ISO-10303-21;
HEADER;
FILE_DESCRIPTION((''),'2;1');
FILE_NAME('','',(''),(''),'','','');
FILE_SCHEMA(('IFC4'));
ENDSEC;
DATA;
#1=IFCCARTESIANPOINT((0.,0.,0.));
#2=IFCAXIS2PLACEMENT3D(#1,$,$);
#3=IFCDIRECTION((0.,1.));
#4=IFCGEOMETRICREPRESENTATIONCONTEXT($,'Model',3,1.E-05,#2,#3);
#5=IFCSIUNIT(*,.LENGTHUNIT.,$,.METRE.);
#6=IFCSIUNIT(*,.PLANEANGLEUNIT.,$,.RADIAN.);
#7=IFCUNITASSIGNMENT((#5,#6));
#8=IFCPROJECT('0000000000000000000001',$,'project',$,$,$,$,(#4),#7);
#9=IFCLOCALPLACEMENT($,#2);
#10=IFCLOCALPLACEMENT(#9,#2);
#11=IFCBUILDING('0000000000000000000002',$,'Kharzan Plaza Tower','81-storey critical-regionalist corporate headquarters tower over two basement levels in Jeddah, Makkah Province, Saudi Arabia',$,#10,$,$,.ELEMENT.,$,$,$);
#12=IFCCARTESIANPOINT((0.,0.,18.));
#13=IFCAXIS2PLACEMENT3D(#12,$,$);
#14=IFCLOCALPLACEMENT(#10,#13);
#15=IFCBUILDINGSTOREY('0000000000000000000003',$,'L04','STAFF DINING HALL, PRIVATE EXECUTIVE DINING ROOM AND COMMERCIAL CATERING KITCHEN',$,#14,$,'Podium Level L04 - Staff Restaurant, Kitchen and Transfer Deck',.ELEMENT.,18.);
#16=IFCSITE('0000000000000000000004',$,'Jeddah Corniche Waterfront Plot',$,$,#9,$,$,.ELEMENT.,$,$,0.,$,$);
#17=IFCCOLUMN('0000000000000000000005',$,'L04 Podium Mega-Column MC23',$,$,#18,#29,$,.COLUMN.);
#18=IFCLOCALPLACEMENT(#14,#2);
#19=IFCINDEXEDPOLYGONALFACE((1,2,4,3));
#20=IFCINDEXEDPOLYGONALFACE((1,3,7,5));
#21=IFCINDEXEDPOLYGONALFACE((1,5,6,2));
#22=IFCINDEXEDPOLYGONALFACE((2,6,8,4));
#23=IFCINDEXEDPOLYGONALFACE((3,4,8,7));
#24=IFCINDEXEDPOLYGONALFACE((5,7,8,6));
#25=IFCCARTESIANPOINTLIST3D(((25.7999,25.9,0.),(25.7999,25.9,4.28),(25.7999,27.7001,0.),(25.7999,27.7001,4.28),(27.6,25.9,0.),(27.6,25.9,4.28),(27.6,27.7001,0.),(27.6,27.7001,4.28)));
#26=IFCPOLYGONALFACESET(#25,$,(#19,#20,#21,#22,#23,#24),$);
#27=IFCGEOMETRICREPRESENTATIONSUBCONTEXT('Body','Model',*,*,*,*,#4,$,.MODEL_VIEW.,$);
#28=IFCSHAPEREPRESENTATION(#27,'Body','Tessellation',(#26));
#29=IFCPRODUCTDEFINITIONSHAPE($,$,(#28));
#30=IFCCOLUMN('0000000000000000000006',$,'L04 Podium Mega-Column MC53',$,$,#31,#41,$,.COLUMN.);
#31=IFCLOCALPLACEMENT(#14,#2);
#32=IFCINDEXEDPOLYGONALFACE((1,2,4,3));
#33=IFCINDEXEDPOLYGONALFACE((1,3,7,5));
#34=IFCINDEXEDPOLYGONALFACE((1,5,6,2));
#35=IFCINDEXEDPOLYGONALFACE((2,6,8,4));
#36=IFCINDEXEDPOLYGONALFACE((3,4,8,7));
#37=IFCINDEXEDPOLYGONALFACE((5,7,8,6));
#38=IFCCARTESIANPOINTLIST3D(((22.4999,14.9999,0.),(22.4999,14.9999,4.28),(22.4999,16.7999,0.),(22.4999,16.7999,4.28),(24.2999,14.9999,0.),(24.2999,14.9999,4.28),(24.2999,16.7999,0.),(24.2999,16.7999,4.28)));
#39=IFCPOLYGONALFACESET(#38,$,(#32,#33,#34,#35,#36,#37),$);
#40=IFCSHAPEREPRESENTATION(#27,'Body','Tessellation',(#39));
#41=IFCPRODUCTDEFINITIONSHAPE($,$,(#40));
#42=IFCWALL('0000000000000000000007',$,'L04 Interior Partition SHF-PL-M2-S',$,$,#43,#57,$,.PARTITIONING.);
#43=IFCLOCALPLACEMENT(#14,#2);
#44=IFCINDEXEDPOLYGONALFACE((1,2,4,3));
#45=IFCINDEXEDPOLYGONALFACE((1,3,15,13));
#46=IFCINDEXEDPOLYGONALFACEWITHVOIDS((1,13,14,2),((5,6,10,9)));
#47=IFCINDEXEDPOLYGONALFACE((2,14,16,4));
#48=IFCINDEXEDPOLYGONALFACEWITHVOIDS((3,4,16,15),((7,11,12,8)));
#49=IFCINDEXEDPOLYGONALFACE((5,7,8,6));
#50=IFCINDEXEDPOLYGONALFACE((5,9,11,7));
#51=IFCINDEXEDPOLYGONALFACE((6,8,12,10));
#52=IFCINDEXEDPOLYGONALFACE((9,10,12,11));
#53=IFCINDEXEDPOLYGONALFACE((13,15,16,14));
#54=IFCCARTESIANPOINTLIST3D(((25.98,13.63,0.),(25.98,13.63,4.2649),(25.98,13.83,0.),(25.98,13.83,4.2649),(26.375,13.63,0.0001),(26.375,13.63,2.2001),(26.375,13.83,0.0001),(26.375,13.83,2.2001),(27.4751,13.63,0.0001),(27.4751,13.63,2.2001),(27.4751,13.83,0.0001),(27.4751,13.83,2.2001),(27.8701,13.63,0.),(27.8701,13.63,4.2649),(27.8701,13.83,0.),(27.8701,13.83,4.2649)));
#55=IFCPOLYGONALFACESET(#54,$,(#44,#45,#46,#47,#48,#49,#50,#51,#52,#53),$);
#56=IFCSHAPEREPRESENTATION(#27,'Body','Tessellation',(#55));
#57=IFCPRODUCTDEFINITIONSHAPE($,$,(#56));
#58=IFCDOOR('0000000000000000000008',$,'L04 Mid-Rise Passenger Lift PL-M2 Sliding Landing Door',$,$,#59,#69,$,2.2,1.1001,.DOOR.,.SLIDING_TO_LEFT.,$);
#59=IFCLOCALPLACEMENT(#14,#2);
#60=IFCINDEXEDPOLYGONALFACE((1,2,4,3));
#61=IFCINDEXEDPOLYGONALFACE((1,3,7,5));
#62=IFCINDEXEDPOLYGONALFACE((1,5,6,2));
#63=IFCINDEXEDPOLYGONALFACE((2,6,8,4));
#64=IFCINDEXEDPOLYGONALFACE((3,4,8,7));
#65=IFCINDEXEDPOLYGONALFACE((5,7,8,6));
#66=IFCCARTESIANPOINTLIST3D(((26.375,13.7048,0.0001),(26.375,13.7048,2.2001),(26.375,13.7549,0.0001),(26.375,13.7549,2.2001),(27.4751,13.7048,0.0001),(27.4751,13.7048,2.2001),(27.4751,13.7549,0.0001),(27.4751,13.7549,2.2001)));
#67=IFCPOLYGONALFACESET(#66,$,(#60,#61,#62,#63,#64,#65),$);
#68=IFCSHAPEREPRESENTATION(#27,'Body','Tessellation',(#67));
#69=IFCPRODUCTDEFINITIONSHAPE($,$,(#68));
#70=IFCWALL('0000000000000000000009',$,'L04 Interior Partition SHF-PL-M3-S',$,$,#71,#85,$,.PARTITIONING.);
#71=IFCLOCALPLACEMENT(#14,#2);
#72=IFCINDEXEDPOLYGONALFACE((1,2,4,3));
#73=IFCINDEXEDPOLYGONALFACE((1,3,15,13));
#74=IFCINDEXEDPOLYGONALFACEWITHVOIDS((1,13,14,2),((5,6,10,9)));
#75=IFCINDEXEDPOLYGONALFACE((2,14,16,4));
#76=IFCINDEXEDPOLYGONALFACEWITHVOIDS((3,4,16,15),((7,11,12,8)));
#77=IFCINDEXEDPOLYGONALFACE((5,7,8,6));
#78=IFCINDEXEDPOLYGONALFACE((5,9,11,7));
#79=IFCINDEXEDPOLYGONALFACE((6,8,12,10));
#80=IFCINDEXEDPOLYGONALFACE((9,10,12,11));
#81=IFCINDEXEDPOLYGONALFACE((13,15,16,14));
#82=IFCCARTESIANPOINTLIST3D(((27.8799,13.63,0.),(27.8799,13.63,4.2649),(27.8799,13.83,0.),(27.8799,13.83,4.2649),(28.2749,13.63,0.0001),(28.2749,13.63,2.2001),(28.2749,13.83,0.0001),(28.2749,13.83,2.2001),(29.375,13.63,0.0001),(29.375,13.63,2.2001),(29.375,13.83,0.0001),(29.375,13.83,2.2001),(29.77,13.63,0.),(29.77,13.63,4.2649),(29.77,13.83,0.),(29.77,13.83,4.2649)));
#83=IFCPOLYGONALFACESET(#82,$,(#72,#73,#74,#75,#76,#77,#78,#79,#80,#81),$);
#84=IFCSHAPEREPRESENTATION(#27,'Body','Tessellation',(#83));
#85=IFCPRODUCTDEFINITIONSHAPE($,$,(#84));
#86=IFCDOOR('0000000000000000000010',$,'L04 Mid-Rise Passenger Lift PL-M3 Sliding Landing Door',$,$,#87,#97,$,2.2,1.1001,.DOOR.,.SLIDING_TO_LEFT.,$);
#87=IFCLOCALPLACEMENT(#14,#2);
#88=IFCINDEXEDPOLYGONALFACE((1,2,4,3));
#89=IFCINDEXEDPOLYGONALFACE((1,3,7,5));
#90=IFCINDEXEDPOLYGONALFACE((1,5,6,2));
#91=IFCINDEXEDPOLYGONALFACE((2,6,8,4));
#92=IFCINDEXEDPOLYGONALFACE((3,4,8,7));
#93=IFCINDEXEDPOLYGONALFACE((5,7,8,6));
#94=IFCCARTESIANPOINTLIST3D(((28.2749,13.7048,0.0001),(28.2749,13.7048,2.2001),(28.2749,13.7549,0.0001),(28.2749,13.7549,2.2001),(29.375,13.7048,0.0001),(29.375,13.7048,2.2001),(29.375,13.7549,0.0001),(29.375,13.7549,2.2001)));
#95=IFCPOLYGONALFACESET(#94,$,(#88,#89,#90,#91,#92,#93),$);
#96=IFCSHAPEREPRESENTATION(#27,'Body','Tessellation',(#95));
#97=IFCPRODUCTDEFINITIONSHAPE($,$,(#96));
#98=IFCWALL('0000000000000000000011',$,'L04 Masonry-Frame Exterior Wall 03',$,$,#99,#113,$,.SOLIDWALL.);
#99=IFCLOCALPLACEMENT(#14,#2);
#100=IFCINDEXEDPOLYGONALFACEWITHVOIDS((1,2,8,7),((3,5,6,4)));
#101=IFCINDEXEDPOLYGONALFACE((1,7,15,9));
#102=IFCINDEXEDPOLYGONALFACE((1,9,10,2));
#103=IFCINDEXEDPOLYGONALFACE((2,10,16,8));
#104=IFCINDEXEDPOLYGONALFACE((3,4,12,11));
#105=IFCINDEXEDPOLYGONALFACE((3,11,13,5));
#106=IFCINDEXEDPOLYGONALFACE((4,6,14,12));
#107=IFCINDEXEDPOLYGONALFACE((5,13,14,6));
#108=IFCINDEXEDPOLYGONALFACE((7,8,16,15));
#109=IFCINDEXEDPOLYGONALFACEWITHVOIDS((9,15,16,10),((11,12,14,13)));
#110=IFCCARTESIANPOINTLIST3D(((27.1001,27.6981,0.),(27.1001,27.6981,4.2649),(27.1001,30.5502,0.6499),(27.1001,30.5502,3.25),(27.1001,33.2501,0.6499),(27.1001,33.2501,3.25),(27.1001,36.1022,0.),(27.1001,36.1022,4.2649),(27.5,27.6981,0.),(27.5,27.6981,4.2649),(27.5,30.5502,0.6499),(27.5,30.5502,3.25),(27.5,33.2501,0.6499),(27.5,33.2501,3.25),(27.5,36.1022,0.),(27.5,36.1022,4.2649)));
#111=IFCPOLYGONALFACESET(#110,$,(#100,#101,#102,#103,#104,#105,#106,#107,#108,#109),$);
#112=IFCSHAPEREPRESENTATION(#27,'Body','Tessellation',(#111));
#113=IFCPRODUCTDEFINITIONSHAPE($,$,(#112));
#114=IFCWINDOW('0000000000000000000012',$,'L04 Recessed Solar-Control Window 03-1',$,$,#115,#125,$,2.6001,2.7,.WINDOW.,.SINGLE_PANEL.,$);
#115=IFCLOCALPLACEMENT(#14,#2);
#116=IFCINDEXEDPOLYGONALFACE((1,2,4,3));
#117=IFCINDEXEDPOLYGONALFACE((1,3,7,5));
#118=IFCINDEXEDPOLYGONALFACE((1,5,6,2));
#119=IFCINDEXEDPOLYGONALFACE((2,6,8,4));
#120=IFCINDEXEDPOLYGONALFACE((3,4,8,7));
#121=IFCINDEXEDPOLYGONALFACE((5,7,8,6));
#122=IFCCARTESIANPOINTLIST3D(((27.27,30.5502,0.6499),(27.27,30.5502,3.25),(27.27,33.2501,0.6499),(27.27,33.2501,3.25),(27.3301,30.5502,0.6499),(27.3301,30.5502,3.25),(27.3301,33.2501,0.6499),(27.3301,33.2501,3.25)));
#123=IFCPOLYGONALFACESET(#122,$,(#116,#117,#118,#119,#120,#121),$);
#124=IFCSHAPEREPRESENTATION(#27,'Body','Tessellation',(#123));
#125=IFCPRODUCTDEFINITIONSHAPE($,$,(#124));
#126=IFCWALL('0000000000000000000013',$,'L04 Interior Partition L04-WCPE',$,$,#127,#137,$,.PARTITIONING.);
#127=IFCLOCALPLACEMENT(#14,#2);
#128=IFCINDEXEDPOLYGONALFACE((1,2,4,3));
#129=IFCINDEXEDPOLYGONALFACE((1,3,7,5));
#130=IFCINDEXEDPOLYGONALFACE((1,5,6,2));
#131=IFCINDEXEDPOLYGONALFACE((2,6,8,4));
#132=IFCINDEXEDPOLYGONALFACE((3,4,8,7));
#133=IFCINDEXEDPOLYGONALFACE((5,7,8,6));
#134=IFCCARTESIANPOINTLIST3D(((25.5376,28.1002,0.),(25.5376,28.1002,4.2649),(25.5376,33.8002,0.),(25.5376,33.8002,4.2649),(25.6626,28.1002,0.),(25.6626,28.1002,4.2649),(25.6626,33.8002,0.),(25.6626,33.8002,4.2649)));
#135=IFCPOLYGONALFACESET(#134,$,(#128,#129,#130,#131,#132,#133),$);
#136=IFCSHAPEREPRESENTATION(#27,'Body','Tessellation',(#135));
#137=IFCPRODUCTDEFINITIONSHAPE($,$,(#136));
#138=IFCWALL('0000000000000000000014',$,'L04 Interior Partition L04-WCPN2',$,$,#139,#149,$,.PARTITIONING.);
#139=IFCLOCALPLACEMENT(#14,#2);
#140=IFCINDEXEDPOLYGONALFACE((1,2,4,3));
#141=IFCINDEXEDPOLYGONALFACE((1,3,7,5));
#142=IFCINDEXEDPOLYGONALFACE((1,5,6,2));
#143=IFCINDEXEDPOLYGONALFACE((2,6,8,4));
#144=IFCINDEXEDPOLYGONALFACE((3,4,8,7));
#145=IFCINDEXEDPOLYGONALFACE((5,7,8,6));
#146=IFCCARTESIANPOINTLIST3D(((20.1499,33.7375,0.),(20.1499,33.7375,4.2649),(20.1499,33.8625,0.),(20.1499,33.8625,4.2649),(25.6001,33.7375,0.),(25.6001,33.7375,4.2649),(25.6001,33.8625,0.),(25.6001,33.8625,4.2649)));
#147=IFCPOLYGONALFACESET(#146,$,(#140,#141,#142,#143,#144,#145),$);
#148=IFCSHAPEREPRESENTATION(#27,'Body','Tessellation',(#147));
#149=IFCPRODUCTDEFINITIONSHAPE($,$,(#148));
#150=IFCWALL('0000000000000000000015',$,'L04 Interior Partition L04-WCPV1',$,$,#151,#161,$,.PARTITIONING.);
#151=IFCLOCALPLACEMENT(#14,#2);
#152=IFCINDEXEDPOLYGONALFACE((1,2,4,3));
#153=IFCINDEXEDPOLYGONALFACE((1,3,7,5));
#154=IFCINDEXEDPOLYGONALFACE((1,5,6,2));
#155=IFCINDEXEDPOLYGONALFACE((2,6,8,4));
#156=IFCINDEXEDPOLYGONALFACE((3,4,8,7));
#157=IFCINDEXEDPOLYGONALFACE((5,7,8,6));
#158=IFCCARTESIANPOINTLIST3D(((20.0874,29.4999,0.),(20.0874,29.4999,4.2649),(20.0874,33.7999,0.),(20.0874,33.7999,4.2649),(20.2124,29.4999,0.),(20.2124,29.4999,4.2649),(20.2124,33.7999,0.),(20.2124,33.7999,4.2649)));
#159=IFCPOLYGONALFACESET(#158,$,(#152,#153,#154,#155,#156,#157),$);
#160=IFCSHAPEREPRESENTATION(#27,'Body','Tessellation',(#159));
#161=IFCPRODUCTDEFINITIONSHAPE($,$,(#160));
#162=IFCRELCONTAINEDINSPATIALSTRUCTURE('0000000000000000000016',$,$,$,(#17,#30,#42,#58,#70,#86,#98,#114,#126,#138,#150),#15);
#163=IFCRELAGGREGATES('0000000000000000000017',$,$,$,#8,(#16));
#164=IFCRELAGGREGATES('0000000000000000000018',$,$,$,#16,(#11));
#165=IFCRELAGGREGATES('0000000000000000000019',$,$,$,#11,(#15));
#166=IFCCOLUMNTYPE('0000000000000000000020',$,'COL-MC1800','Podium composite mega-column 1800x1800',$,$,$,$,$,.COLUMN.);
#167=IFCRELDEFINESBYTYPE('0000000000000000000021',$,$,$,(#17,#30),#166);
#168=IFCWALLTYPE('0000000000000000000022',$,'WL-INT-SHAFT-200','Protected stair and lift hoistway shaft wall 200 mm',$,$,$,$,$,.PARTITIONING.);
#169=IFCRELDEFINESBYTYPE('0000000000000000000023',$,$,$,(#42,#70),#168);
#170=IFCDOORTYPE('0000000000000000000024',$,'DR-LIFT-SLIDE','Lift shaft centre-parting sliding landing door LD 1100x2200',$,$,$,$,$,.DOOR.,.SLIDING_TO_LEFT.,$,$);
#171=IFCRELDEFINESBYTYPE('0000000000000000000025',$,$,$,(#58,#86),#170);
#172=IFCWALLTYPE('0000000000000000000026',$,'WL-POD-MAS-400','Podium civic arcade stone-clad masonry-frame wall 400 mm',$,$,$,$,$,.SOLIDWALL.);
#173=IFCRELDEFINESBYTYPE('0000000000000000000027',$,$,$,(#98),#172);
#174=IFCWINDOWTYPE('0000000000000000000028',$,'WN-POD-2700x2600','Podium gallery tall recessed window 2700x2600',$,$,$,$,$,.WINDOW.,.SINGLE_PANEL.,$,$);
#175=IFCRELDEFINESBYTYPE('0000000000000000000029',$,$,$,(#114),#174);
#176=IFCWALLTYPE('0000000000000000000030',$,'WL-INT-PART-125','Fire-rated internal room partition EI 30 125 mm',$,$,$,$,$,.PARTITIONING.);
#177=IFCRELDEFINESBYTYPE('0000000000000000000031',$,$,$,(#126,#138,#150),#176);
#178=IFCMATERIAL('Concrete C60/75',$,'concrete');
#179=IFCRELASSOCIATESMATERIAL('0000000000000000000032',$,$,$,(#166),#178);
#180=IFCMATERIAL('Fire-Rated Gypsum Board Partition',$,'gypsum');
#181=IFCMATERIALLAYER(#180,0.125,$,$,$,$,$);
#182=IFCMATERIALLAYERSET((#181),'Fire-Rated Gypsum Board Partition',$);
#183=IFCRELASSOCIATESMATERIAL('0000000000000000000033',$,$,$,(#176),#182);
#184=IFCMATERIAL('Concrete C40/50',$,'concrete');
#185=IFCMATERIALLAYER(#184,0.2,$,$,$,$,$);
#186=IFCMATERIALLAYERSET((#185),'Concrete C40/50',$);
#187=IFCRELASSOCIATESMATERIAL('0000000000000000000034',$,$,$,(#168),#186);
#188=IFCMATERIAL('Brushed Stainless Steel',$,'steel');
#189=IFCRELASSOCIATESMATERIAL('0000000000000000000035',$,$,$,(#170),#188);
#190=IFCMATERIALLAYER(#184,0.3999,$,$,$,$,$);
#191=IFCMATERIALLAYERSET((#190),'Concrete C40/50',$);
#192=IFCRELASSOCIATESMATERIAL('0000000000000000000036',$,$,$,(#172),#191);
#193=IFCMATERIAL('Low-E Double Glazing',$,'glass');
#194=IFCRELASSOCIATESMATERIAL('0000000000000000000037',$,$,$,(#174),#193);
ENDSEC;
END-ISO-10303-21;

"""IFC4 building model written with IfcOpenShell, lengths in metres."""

from ifc_helpers import new_model, si_unit, direction, frame, frame_2d, origin, origin_2d, place, context, subcontext, project, spatial, rectangle, extrude, source, transform, mapped, material, layer, layer_set, material_profile, profile_set, type_object, element, fill, save


model = new_model("IFC4")

# Units and contexts
model_context = context("Model", 3, precision=1e-05, world=origin(), true_north=direction((0.0, 1.0)))
body_context = subcontext(model_context, "Body", "Model", "MODEL_VIEW")
ifc_project = project(units=[si_unit("LENGTHUNIT", "METRE"), si_unit("PLANEANGLEUNIT", "RADIAN")], contexts=[model_context])

# Site, building, storey
site_placement = place(None, origin())
site = spatial("IfcSite", under=ifc_project, at=site_placement, Name="Jeddah Corniche Waterfront Plot", CompositionType="ELEMENT", RefElevation=0.0)
building_placement = place(site_placement, origin())
building = spatial("IfcBuilding", under=site, at=building_placement, Name="Kharzan Plaza Tower", Description="81-storey critical-regionalist corporate headquarters tower over two basement levels in Jeddah, Makkah Province, Saudi Arabia", CompositionType="ELEMENT")
storey_placement = place(building_placement, frame((0.0, 0.0, 18.0)))
storey = spatial("IfcBuildingStorey", under=building, at=storey_placement, Name="L04", Description="STAFF DINING HALL, PRIVATE EXECUTIVE DINING ROOM AND COMMERCIAL CATERING KITCHEN", LongName="Podium Level L04 - Staff Restaurant, Kitchen and Transfer Deck", CompositionType="ELEMENT", Elevation=18.0)

# Columns
ifc_material_1 = material(Name="Concrete C60/75", Category="concrete")
ifc_material_profile = material_profile(ifc_material_1, rectangle(XDim=1.8, YDim=1.8, at=origin_2d()), Name="RC-MC1800x1800")
ifc_profile_set = profile_set([ifc_material_profile], Name="Concrete C60/75")
column_type = type_object("IfcColumnType", Name="COL-MC1800", Description="Podium composite mega-column 1800x1800", PredefinedType="COLUMN", material=ifc_profile_set)
shared_shape_1 = source(origin(), body_context, "Body", "SweptSolid", [
    extrude(rectangle(XDim=1.8, YDim=1.8, at=origin_2d()), origin(), (0.0, 0.0, 1.0), 4.28),
])
for number, where, z_axis, x_axis, name in (
    (1, (26.7, 26.8, 0.0), (0.0, 0.0, 1.0), (1.0, 0.0, 0.0), "L04 Podium Mega-Column MC23"),
    (2, (23.3999, 15.8999, 0.0), (0.0, 0.0, 1.0), (1.0, 0.0, 0.0), "L04 Podium Mega-Column MC53"),
):
    element("IfcColumn", number, at=place(storey_placement, frame(where, z_axis=z_axis, x_axis=x_axis)), inside=storey, type_object=column_type, Name=name, PredefinedType="COLUMN", context=body_context, shape_type="MappedRepresentation", body=[
        mapped(shared_shape_1, transform((0.0, 0.0, 0.0), x_axis=(1.0, 0.0, 0.0), y_axis=(0.0, 1.0, 0.0), z_axis=(0.0, 0.0, 1.0))),
    ])

# Walls, openings, doors
ifc_material_2 = material(Name="Fire-Rated Gypsum Board Partition", Category="gypsum")
ifc_layer_1 = layer(ifc_material_2, 0.125)
ifc_layer_set_1 = layer_set([ifc_layer_1], Name="Fire-Rated Gypsum Board Partition")
wall_type_1 = type_object("IfcWallType", Name="WL-INT-PART-125", Description="Fire-rated internal room partition EI 30 125 mm", PredefinedType="PARTITIONING", material=ifc_layer_set_1)
ifc_material_3 = material(Name="Concrete C40/50", Category="concrete")
ifc_layer_2 = layer(ifc_material_3, 0.2)
ifc_layer_set_2 = layer_set([ifc_layer_2], Name="Concrete C40/50")
wall_type_2 = type_object("IfcWallType", Name="WL-INT-SHAFT-200", Description="Protected stair and lift hoistway shaft wall 200 mm", PredefinedType="PARTITIONING", material=ifc_layer_set_2)
wall_1_placement = place(storey_placement, frame((25.98, 13.73, 0.0), z_axis=(0.0, 0.0, 1.0), x_axis=(1.0, 0.0, 0.0)))
wall_1 = element("IfcWall", 3, at=wall_1_placement, inside=storey, type_object=wall_type_2, Name="L04 Interior Partition SHF-PL-M2-S", PredefinedType="PARTITIONING", context=body_context, shape_type="SweptSolid", body=[
    extrude(rectangle(XDim=1.8901, YDim=0.2, at=frame_2d((0.9451, 0.0))), origin(), (0.0, 0.0, 1.0), 4.2649),
])
opening_1_placement = place(wall_1_placement, frame((0.395, 0.0, 0.0)))
opening_1 = element("IfcOpeningElement", 4, at=opening_1_placement, cuts=wall_1, PredefinedType="OPENING", context=body_context, shape_type="SweptSolid", body=[
    extrude(rectangle(XDim=1.1001, YDim=2.2, at=frame_2d((0.55, 1.1001))), frame((0.0, 0.1099, 0.0), z_axis=(0.0, -1.0, 0.0), x_axis=(1.0, 0.0, 0.0)), (0.0, 0.0, 1.0), 0.22),
])
ifc_material_4 = material(Name="Brushed Stainless Steel", Category="steel")
door_type_1 = type_object("IfcDoorType", Name="DR-LIFT-SLIDE", Description="Lift shaft centre-parting sliding landing door LD 1100x2200", OperationType="SLIDING_TO_LEFT", PredefinedType="DOOR", material=ifc_material_4)
shared_shape_2 = source(origin(), body_context, "Body", "SweptSolid", [
    extrude(rectangle(XDim=1.1001, YDim=2.2, at=frame_2d((0.55, 1.1001))), frame((0.0, 0.0249, 0.0), z_axis=(0.0, -1.0, 0.0), x_axis=(1.0, 0.0, 0.0)), (0.0, 0.0, 1.0), 0.05),
])
door_1_placement = place(opening_1_placement, origin())
door_1 = element("IfcDoor", 5, at=door_1_placement, inside=storey, type_object=door_type_1, Name="L04 Mid-Rise Passenger Lift PL-M2 Sliding Landing Door", OperationType="SLIDING_TO_LEFT", OverallHeight=2.2, OverallWidth=1.1001, PredefinedType="DOOR", context=body_context, shape_type="MappedRepresentation", body=[
    mapped(shared_shape_2, transform((0.0, 0.0, 0.0), x_axis=(1.0, 0.0, 0.0), y_axis=(0.0, 1.0, 0.0), z_axis=(0.0, 0.0, 1.0))),
])
fill(opening_1, door_1)
wall_2_placement = place(storey_placement, frame((27.8799, 13.73, 0.0), z_axis=(0.0, 0.0, 1.0), x_axis=(1.0, 0.0, 0.0)))
wall_2 = element("IfcWall", 6, at=wall_2_placement, inside=storey, type_object=wall_type_2, Name="L04 Interior Partition SHF-PL-M3-S", PredefinedType="PARTITIONING", context=body_context, shape_type="SweptSolid", body=[
    extrude(rectangle(XDim=1.8901, YDim=0.2, at=frame_2d((0.9451, 0.0))), origin(), (0.0, 0.0, 1.0), 4.2649),
])
opening_2_placement = place(wall_2_placement, frame((0.395, 0.0, 0.0)))
opening_2 = element("IfcOpeningElement", 7, at=opening_2_placement, cuts=wall_2, PredefinedType="OPENING", context=body_context, shape_type="SweptSolid", body=[
    extrude(rectangle(XDim=1.1001, YDim=2.2, at=frame_2d((0.55, 1.1001))), frame((0.0, 0.1099, 0.0), z_axis=(0.0, -1.0, 0.0), x_axis=(1.0, 0.0, 0.0)), (0.0, 0.0, 1.0), 0.22),
])
door_2_placement = place(opening_2_placement, origin())
door_2 = element("IfcDoor", 8, at=door_2_placement, inside=storey, type_object=door_type_1, Name="L04 Mid-Rise Passenger Lift PL-M3 Sliding Landing Door", OperationType="SLIDING_TO_LEFT", OverallHeight=2.2, OverallWidth=1.1001, PredefinedType="DOOR", context=body_context, shape_type="MappedRepresentation", body=[
    mapped(shared_shape_2, transform((0.0, 0.0, 0.0), x_axis=(1.0, 0.0, 0.0), y_axis=(0.0, 1.0, 0.0), z_axis=(0.0, 0.0, 1.0))),
])
fill(opening_2, door_2)

# Wall, opening, window
ifc_layer_3 = layer(ifc_material_3, 0.3999)
ifc_layer_set_3 = layer_set([ifc_layer_3], Name="Concrete C40/50")
wall_type_3 = type_object("IfcWallType", Name="WL-POD-MAS-400", Description="Podium civic arcade stone-clad masonry-frame wall 400 mm", PredefinedType="SOLIDWALL", material=ifc_layer_set_3)
wall_3_placement = place(storey_placement, frame((27.3, 27.698, 0.0), z_axis=(0.0, 0.0, 1.0), x_axis=(0.0, 1.0, 0.0)))
wall_3 = element("IfcWall", 9, at=wall_3_placement, inside=storey, type_object=wall_type_3, Name="L04 Masonry-Frame Exterior Wall 03", PredefinedType="SOLIDWALL", context=body_context, shape_type="SweptSolid", body=[
    extrude(rectangle(XDim=8.4041, YDim=0.3999, at=frame_2d((4.2021, 0.0))), origin(), (0.0, 0.0, 1.0), 4.2649),
])
opening_3_placement = place(wall_3_placement, frame((2.8521, 0.0, 0.6499)))
opening_3 = element("IfcOpeningElement", 10, at=opening_3_placement, cuts=wall_3, PredefinedType="OPENING", context=body_context, shape_type="SweptSolid", body=[
    extrude(rectangle(XDim=2.7, YDim=2.6001, at=frame_2d((1.3501, 1.3))), frame((0.0, 0.21, 0.0), z_axis=(0.0, -1.0, 0.0), x_axis=(1.0, 0.0, 0.0)), (0.0, 0.0, 1.0), 0.4199),
])
ifc_material_5 = material(Name="Low-E Double Glazing", Category="glass")
window_type = type_object("IfcWindowType", Name="WN-POD-2700x2600", Description="Podium gallery tall recessed window 2700x2600", PartitioningType="SINGLE_PANEL", PredefinedType="WINDOW", material=ifc_material_5)
shared_shape_3 = source(origin(), body_context, "Body", "SweptSolid", [
    extrude(rectangle(XDim=2.7, YDim=2.6001, at=frame_2d((1.3501, 1.3))), frame((0.0, 0.03, 0.0), z_axis=(0.0, -1.0, 0.0), x_axis=(1.0, 0.0, 0.0)), (0.0, 0.0, 1.0), 0.0601),
])
window_placement = place(opening_3_placement, origin())
window = element("IfcWindow", 11, at=window_placement, inside=storey, type_object=window_type, Name="L04 Recessed Solar-Control Window 03-1", OverallHeight=2.6001, OverallWidth=2.7, PartitioningType="SINGLE_PANEL", PredefinedType="WINDOW", context=body_context, shape_type="MappedRepresentation", body=[
    mapped(shared_shape_3, transform((0.0, 0.0, 0.0), x_axis=(1.0, 0.0, 0.0), y_axis=(0.0, 1.0, 0.0), z_axis=(0.0, 0.0, 1.0))),
])
fill(opening_3, window)

# Walls
shared_shape_4 = source(origin(), body_context, "Body", "SweptSolid", [
    extrude(rectangle(XDim=5.7, YDim=0.125, at=frame_2d((2.8501, 0.0))), origin(), (0.0, 0.0, 1.0), 4.2649),
])
wall_4_placement = place(storey_placement, frame((25.6001, 28.1001, 0.0), z_axis=(0.0, 0.0, 1.0), x_axis=(0.0, 1.0, 0.0)))
element("IfcWall", 12, at=wall_4_placement, inside=storey, type_object=wall_type_1, Name="L04 Interior Partition L04-WCPE", PredefinedType="PARTITIONING", context=body_context, shape_type="MappedRepresentation", body=[
    mapped(shared_shape_4, transform((0.0, 0.0, 0.0), x_axis=(1.0, 0.0, 0.0), y_axis=(0.0, 1.0, 0.0), z_axis=(0.0, 0.0, 1.0))),
])
shared_shape_5 = source(origin(), body_context, "Body", "SweptSolid", [
    extrude(rectangle(XDim=5.4502, YDim=0.125, at=frame_2d((2.7251, 0.0))), origin(), (0.0, 0.0, 1.0), 4.2649),
])
wall_5_placement = place(storey_placement, frame((20.1499, 33.8, 0.0), z_axis=(0.0, 0.0, 1.0), x_axis=(1.0, 0.0, 0.0)))
element("IfcWall", 13, at=wall_5_placement, inside=storey, type_object=wall_type_1, Name="L04 Interior Partition L04-WCPN2", PredefinedType="PARTITIONING", context=body_context, shape_type="MappedRepresentation", body=[
    mapped(shared_shape_5, transform((0.0, 0.0, 0.0), x_axis=(1.0, 0.0, 0.0), y_axis=(0.0, 1.0, 0.0), z_axis=(0.0, 0.0, 1.0))),
])
shared_shape_6 = source(origin(), body_context, "Body", "SweptSolid", [
    extrude(rectangle(XDim=4.3, YDim=0.125, at=frame_2d((2.1499, 0.0))), origin(), (0.0, 0.0, 1.0), 4.2649),
])
wall_6_placement = place(storey_placement, frame((20.1499, 29.5, 0.0), z_axis=(0.0, 0.0, 1.0), x_axis=(0.0, 1.0, 0.0)))
element("IfcWall", 14, at=wall_6_placement, inside=storey, type_object=wall_type_1, Name="L04 Interior Partition L04-WCPV1", PredefinedType="PARTITIONING", context=body_context, shape_type="MappedRepresentation", body=[
    mapped(shared_shape_6, transform((0.0, 0.0, 0.0), x_axis=(1.0, 0.0, 0.0), y_axis=(0.0, 1.0, 0.0), z_axis=(0.0, 0.0, 1.0))),
])

save(model, "model.ifc")
